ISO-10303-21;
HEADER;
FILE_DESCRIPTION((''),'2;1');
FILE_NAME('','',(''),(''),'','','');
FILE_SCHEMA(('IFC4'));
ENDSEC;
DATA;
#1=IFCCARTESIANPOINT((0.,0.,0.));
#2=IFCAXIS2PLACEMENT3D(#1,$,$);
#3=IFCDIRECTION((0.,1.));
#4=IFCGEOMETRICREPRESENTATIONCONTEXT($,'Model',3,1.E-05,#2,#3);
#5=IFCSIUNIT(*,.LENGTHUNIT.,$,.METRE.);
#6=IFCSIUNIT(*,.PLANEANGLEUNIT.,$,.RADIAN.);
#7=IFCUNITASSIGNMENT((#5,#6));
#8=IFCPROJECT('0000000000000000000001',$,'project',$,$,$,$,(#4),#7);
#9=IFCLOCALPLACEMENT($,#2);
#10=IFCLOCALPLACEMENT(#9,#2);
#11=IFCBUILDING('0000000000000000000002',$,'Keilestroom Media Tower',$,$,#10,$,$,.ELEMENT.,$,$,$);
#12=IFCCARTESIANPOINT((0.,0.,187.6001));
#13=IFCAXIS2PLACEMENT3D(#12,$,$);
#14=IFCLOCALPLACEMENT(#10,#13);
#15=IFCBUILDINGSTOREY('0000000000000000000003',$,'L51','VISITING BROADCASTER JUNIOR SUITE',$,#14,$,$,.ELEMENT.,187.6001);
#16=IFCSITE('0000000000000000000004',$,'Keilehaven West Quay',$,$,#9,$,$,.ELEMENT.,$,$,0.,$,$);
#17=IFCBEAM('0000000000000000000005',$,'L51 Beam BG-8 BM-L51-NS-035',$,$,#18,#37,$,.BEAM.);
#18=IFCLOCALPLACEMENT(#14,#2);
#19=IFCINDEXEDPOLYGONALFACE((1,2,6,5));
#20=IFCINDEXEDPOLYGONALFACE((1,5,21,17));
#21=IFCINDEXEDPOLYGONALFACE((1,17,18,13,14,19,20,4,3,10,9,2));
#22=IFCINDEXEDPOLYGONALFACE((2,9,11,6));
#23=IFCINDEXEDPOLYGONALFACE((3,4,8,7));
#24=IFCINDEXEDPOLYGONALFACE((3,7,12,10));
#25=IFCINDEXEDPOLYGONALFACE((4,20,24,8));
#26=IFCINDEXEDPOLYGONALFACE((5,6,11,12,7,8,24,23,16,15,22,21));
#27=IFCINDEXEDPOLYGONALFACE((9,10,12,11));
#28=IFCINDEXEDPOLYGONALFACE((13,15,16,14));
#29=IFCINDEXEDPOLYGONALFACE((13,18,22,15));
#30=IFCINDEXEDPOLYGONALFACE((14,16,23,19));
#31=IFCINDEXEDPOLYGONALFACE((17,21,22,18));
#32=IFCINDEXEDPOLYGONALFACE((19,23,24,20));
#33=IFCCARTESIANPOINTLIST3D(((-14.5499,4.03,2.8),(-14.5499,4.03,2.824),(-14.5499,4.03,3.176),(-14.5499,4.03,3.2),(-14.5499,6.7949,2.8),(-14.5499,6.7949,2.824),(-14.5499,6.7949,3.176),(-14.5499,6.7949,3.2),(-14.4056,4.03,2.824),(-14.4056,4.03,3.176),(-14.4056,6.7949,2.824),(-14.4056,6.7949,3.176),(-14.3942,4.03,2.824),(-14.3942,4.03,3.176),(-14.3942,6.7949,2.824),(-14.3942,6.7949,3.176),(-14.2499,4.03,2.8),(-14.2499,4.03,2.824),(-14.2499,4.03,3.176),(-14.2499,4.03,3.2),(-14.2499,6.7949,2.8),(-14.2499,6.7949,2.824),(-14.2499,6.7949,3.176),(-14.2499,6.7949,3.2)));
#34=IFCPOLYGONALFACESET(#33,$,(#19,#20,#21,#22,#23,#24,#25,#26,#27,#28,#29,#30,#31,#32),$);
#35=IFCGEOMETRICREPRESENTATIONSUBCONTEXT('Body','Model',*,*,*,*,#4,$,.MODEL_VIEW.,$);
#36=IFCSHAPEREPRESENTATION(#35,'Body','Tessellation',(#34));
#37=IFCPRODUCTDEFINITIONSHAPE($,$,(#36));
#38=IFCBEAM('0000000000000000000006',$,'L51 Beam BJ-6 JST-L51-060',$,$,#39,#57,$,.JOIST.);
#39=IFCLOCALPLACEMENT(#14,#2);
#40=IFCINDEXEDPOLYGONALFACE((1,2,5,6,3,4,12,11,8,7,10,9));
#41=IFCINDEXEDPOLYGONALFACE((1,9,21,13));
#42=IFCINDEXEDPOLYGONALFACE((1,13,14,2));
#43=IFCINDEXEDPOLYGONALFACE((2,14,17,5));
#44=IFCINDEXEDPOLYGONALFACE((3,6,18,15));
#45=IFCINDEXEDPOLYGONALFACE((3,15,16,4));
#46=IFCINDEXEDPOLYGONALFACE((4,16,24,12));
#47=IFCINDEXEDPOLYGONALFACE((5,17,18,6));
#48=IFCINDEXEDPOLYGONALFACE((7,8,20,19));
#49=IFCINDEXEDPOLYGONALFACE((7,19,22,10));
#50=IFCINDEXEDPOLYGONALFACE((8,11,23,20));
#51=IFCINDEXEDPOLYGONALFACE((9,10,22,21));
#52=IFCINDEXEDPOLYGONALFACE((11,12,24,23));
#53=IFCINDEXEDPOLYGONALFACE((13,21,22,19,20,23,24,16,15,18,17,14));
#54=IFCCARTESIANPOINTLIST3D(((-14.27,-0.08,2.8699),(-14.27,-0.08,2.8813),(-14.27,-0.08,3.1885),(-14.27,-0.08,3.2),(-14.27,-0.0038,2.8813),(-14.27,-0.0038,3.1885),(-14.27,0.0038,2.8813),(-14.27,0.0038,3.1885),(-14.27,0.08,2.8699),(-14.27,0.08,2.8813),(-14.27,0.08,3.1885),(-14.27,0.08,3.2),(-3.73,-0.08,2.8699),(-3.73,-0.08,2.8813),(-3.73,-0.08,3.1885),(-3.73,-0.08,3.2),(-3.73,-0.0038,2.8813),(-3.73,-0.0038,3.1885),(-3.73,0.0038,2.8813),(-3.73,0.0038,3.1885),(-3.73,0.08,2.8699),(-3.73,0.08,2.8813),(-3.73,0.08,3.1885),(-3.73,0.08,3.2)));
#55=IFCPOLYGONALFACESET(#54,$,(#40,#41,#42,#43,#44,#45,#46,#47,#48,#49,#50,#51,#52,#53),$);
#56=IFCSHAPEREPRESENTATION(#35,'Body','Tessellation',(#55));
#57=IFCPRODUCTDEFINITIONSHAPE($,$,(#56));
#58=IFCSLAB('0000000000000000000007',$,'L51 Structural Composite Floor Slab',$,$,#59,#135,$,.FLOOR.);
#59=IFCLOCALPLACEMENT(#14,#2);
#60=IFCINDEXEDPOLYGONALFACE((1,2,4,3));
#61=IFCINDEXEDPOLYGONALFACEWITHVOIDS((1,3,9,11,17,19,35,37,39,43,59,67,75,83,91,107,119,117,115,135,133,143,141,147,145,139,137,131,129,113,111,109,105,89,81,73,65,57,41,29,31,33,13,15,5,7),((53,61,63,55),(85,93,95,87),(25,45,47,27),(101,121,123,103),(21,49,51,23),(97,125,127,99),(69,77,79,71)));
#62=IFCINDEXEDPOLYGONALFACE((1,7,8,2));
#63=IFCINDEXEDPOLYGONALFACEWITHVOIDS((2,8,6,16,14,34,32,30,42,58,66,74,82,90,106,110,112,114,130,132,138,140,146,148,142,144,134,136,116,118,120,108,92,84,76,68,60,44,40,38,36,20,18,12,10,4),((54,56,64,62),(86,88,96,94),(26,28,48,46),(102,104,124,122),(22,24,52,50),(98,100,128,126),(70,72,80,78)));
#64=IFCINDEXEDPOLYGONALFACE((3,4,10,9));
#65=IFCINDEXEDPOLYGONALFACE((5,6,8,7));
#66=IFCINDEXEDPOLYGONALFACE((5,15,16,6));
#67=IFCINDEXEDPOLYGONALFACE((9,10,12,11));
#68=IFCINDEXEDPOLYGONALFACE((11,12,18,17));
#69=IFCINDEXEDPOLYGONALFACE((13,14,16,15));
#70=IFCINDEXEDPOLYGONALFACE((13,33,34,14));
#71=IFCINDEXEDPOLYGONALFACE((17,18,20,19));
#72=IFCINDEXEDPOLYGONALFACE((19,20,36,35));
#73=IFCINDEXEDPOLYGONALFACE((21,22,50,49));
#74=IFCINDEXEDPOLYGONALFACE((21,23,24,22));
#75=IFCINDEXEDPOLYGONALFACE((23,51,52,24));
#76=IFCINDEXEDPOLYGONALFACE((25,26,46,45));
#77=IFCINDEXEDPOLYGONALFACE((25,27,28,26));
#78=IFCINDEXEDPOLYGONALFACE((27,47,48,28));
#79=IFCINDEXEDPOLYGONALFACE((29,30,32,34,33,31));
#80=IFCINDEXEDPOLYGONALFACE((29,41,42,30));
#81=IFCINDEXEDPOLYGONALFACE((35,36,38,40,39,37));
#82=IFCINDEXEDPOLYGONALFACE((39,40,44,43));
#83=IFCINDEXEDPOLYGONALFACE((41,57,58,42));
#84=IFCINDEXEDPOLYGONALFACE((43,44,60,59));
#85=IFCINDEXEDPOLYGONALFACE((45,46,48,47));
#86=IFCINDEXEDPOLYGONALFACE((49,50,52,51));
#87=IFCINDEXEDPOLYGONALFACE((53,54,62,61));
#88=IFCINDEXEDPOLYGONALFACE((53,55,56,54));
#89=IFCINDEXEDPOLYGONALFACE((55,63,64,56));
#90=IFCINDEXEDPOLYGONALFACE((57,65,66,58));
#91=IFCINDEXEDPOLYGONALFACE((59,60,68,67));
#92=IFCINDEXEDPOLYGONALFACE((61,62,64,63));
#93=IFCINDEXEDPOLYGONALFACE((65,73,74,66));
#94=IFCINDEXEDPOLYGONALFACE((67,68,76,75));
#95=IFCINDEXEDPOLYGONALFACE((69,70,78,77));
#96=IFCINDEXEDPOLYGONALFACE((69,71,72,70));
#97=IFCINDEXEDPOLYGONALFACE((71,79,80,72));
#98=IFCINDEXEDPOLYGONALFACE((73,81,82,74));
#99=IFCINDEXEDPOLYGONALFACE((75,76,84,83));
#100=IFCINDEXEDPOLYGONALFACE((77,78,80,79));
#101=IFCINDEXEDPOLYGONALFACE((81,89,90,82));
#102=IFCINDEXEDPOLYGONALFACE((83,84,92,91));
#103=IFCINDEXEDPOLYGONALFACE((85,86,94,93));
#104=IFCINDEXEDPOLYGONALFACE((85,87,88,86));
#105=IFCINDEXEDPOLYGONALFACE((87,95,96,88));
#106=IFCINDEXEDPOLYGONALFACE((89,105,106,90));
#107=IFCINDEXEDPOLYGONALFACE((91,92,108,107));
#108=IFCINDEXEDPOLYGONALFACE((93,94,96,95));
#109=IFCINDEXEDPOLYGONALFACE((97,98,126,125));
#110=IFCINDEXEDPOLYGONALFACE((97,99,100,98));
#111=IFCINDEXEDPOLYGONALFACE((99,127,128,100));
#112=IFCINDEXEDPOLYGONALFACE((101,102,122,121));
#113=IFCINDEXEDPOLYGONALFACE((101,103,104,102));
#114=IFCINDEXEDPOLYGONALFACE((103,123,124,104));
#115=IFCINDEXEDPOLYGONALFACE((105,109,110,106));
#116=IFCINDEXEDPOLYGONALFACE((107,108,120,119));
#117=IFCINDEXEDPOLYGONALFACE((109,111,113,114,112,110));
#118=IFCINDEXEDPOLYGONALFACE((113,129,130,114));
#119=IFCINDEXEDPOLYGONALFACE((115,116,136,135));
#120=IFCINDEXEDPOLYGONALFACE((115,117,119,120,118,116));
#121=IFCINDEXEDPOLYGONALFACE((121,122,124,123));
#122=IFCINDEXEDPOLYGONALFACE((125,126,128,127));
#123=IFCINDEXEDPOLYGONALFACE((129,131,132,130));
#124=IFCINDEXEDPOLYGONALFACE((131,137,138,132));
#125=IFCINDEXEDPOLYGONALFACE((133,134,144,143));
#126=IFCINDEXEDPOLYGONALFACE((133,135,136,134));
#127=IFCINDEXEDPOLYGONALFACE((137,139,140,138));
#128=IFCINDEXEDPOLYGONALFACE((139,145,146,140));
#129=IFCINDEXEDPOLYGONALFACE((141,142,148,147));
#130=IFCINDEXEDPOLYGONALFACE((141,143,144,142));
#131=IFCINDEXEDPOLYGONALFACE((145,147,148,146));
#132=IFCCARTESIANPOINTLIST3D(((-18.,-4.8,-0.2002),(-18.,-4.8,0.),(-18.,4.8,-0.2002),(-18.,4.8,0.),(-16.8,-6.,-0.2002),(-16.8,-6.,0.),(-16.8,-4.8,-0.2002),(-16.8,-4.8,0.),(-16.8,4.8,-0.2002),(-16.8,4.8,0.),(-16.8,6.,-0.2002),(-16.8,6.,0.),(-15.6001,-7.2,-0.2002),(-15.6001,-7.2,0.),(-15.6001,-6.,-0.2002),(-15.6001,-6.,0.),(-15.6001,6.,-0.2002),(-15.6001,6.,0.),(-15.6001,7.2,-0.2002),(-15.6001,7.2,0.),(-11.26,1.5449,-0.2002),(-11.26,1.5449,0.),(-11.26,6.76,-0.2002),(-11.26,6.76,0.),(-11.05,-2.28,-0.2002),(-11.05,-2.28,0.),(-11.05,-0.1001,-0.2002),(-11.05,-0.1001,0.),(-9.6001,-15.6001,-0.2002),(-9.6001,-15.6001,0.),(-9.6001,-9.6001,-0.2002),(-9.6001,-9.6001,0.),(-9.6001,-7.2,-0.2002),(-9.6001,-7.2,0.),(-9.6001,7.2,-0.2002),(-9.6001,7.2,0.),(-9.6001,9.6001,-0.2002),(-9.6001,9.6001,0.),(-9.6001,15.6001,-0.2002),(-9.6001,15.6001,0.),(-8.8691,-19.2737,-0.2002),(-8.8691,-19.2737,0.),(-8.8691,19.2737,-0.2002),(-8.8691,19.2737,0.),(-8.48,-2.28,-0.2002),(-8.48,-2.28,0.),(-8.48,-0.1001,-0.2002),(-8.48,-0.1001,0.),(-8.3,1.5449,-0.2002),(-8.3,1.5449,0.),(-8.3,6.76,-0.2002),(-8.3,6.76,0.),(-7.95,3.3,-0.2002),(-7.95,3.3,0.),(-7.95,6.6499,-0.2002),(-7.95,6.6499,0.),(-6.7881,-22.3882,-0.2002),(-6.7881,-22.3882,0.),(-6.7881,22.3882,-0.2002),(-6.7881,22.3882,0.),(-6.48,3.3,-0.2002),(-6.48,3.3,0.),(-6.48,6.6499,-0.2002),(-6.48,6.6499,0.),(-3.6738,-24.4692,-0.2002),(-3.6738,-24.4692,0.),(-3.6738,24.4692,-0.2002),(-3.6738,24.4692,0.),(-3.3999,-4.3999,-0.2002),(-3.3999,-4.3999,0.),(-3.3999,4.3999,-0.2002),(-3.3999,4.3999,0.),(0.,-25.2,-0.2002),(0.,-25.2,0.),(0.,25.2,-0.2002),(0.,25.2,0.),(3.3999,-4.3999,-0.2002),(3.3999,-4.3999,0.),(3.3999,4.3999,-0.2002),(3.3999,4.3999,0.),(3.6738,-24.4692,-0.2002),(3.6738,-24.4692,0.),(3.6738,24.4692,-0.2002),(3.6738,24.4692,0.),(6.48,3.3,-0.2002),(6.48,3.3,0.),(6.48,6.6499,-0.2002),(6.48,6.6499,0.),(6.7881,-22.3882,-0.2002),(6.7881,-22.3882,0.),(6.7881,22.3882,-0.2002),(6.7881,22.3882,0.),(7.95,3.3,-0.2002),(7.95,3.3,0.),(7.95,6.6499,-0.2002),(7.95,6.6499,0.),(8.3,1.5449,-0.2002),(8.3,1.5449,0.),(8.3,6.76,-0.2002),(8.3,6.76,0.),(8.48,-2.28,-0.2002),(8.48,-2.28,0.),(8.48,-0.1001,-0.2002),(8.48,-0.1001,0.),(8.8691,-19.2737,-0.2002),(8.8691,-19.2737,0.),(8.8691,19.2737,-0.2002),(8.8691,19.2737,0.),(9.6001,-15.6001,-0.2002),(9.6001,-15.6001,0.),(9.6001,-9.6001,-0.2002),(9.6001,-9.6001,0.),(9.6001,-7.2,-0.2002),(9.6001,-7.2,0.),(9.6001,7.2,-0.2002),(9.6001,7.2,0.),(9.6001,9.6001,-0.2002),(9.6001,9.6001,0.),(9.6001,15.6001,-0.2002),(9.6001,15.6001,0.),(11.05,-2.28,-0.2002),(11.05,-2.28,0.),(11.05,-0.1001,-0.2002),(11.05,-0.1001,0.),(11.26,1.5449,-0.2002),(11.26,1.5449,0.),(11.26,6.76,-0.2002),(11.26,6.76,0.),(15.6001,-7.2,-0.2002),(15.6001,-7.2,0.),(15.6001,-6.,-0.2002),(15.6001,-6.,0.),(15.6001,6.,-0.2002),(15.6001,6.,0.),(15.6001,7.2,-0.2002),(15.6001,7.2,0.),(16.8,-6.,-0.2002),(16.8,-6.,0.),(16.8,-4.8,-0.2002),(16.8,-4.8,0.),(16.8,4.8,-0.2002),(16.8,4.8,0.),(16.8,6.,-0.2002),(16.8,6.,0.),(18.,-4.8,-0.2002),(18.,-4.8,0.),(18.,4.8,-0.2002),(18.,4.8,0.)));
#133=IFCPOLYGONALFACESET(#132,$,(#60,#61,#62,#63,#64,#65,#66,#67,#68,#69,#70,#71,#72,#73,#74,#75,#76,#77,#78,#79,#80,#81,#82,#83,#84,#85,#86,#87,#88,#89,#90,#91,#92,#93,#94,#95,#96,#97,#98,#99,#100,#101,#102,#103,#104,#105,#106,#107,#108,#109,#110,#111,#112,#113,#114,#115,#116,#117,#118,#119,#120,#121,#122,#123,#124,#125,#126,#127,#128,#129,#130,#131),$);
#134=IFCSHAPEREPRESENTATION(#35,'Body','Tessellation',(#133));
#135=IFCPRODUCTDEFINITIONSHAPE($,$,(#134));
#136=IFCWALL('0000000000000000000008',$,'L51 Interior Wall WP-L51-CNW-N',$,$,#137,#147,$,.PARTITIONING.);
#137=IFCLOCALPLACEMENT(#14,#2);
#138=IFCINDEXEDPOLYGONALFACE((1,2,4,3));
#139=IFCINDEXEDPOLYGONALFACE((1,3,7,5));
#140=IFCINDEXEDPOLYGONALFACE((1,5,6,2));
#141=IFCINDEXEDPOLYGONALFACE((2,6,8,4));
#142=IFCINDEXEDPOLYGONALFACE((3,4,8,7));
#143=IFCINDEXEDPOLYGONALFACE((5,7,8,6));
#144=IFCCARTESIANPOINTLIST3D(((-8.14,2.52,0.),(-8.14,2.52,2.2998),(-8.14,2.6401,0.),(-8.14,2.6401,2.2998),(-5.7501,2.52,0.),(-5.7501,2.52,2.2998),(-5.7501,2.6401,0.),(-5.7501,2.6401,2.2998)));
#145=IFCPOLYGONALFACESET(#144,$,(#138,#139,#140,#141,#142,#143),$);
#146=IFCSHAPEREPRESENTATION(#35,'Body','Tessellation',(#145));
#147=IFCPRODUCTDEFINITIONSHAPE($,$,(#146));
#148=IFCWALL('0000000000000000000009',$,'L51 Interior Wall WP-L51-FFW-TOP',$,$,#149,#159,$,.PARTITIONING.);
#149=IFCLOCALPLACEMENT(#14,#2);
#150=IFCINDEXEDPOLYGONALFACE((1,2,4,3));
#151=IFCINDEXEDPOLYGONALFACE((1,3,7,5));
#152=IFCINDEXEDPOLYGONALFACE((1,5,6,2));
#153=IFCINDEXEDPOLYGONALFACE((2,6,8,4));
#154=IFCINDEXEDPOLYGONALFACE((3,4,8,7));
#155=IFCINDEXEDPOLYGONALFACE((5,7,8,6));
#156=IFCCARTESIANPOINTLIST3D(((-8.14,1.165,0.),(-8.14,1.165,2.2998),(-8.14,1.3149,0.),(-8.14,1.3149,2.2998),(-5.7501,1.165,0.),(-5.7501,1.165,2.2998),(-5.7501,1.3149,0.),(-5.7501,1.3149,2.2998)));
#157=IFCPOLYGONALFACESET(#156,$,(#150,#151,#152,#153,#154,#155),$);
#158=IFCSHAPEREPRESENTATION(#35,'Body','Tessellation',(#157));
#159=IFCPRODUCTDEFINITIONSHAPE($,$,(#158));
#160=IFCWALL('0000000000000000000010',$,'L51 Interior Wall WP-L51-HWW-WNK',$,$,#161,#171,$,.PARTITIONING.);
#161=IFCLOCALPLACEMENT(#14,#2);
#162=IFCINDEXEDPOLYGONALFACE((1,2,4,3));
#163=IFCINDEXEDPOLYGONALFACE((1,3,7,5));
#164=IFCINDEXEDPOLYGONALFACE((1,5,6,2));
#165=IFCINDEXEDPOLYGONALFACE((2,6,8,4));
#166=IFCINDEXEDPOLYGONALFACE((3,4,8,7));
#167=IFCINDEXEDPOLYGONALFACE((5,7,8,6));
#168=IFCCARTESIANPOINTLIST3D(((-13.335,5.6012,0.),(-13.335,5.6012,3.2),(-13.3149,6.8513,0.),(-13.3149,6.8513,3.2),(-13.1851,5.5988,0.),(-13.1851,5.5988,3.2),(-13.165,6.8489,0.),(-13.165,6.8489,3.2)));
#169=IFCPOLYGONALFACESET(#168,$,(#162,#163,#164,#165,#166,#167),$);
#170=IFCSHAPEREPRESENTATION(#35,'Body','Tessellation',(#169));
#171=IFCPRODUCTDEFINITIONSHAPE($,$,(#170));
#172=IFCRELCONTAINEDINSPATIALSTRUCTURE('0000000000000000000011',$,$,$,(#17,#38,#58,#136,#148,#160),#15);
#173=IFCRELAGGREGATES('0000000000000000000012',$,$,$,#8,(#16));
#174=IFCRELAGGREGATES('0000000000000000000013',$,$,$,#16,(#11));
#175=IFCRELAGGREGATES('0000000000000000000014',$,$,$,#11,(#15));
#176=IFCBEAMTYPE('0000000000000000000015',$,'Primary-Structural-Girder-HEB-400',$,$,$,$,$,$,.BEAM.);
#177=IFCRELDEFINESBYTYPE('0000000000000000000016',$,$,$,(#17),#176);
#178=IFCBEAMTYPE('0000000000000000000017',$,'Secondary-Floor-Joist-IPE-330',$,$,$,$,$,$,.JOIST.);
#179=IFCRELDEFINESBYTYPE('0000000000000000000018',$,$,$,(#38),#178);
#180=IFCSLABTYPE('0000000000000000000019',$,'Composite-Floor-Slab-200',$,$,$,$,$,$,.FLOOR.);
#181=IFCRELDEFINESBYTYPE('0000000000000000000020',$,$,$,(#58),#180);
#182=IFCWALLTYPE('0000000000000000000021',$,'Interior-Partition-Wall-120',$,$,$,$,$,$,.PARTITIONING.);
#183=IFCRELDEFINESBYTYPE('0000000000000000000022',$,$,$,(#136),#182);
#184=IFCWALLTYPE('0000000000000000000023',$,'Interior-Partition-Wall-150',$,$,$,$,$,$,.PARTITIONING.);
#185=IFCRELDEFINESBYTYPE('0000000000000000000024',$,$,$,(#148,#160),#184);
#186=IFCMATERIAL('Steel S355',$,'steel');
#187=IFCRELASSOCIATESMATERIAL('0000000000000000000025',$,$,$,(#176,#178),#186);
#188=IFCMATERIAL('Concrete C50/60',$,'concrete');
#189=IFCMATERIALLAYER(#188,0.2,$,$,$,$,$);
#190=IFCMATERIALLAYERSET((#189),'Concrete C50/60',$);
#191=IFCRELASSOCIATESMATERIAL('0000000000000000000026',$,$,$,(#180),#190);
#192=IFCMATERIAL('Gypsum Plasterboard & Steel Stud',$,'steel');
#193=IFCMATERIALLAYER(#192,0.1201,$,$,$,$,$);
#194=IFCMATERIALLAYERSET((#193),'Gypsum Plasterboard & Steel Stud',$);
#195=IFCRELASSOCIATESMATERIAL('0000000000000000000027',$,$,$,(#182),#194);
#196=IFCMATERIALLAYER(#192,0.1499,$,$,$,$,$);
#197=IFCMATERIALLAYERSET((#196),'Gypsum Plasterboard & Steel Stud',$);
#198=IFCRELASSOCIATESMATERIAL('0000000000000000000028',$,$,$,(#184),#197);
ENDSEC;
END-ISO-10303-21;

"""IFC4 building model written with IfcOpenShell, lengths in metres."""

from ifc_helpers import new_model, si_unit, direction, frame, frame_2d, origin, origin_2d, place, context, subcontext, project, spatial, polyline, rectangle, i_section, outline, extrude, source, transform, mapped, material, layer, layer_set, material_profile, profile_set, type_object, element, save


model = new_model("IFC4")

# Units and contexts
model_context = context("Model", 3, precision=1e-05, world=origin(), true_north=direction((0.0, 1.0)))
body_context = subcontext(model_context, "Body", "Model", "MODEL_VIEW")
ifc_project = project(units=[si_unit("LENGTHUNIT", "METRE"), si_unit("PLANEANGLEUNIT", "RADIAN")], contexts=[model_context])

# Site, building, storey
site_placement = place(None, origin())
site = spatial("IfcSite", under=ifc_project, at=site_placement, Name="Keilehaven West Quay", CompositionType="ELEMENT", RefElevation=0.0)
building_placement = place(site_placement, origin())
building = spatial("IfcBuilding", under=site, at=building_placement, Name="Keilestroom Media Tower", CompositionType="ELEMENT")
storey_placement = place(building_placement, frame((0.0, 0.0, 187.6001)))
storey = spatial("IfcBuildingStorey", under=building, at=storey_placement, Name="L51", Description="VISITING BROADCASTER JUNIOR SUITE", CompositionType="ELEMENT", Elevation=187.6001)

# Beams
ifc_material_1 = material(Name="Steel S355", Category="steel")
ifc_material_profile_1 = material_profile(ifc_material_1, i_section(OverallWidth=0.3, OverallDepth=0.3999, WebThickness=0.0115, FlangeThickness=0.0239, at=origin_2d()), Name="HEB 400")
ifc_profile_set_1 = profile_set([ifc_material_profile_1], Name="Steel S355")
beam_type_1 = type_object("IfcBeamType", Name="Primary-Structural-Girder-HEB-400", PredefinedType="BEAM", material=ifc_profile_set_1)
shared_shape_1 = source(origin(), body_context, "Body", "SweptSolid", [
    extrude(i_section(OverallWidth=0.3, OverallDepth=0.3999, WebThickness=0.0115, FlangeThickness=0.0239, at=origin_2d()), origin(), (0.0, 0.0, 1.0), 2.7649),
])
beam_1_placement = place(storey_placement, frame((-14.3999, 4.03, 3.0), z_axis=(0.0, 1.0, 0.0), x_axis=(-1.0, 0.0, 0.0)))
element("IfcBeam", 1, at=beam_1_placement, inside=storey, type_object=beam_type_1, Name="L51 Beam BG-8 BM-L51-NS-035", PredefinedType="BEAM", context=body_context, shape_type="MappedRepresentation", body=[
    mapped(shared_shape_1, transform((0.0, 0.0, 0.0), x_axis=(1.0, 0.0, 0.0), y_axis=(0.0, 1.0, 0.0), z_axis=(0.0, 0.0, 1.0), scale=1.0)),
])
ifc_material_profile_2 = material_profile(ifc_material_1, i_section(OverallWidth=0.1599, OverallDepth=0.3301, WebThickness=0.0076, FlangeThickness=0.0115, at=origin_2d()), Name="IPE 330")
ifc_profile_set_2 = profile_set([ifc_material_profile_2], Name="Steel S355")
beam_type_2 = type_object("IfcBeamType", Name="Secondary-Floor-Joist-IPE-330", PredefinedType="JOIST", material=ifc_profile_set_2)
shared_shape_2 = source(origin(), body_context, "Body", "SweptSolid", [
    extrude(i_section(OverallWidth=0.1599, OverallDepth=0.3301, WebThickness=0.0076, FlangeThickness=0.0115, at=origin_2d()), origin(), (0.0, 0.0, 1.0), 10.54),
])
beam_2_placement = place(storey_placement, frame((-14.27, 0.0, 3.0349), z_axis=(1.0, 0.0, 0.0), x_axis=(0.0, 1.0, 0.0)))
element("IfcBeam", 2, at=beam_2_placement, inside=storey, type_object=beam_type_2, Name="L51 Beam BJ-6 JST-L51-060", PredefinedType="JOIST", context=body_context, shape_type="MappedRepresentation", body=[
    mapped(shared_shape_2, transform((0.0, 0.0, 0.0), x_axis=(1.0, 0.0, 0.0), y_axis=(0.0, 1.0, 0.0), z_axis=(0.0, 0.0, 1.0), scale=1.0)),
])

# Slab
ifc_material_2 = material(Name="Concrete C50/60", Category="concrete")
ifc_layer_1 = layer(ifc_material_2, 0.2)
ifc_layer_set_1 = layer_set([ifc_layer_1], Name="Concrete C50/60")
slab_type = type_object("IfcSlabType", Name="Composite-Floor-Slab-200", PredefinedType="FLOOR", material=ifc_layer_set_1)
slab_placement = place(storey_placement, frame((0.0, 0.0, -0.2002)))
element("IfcSlab", 3, at=slab_placement, inside=storey, type_object=slab_type, Name="L51 Structural Composite Floor Slab", PredefinedType="FLOOR", context=body_context, shape_type="SweptSolid", body=[
    extrude(outline(polyline([(18.0, -4.8), (18.0, 4.8), (16.8, 4.8), (16.8, 6.0), (15.6001, 6.0), (15.6001, 7.2), (9.6001, 7.2), (9.6001, 9.6001), (9.6001, 15.6001), (8.8691, 19.2737), (6.7881, 22.3882), (3.6738, 24.4692), (0.0, 25.2), (-3.6738, 24.4692), (-6.7881, 22.3882), (-8.8691, 19.2737), (-9.6001, 15.6001), (-9.6001, 9.6001), (-9.6001, 7.2), (-15.6001, 7.2), (-15.6001, 6.0), (-16.8, 6.0), (-16.8, 4.8), (-18.0, 4.8), (-18.0, -4.8), (-16.8, -4.8), (-16.8, -6.0), (-15.6001, -6.0), (-15.6001, -7.2), (-9.6001, -7.2), (-9.6001, -9.6001), (-9.6001, -15.6001), (-8.8691, -19.2737), (-6.7881, -22.3882), (-3.6738, -24.4692), (0.0, -25.2), (3.6738, -24.4692), (6.7881, -22.3882), (8.8691, -19.2737), (9.6001, -15.6001), (9.6001, -9.6001), (9.6001, -7.2), (15.6001, -7.2), (15.6001, -6.0), (16.8, -6.0), (16.8, -4.8), (18.0, -4.8)]), holes=[polyline([(-8.3, 1.5449), (-11.26, 1.5449), (-11.26, 6.76), (-8.3, 6.76), (-8.3, 1.5449)]), polyline([(-8.48, -2.28), (-11.05, -2.28), (-11.05, -0.1001), (-8.48, -0.1001), (-8.48, -2.28)]), polyline([(-6.48, 3.3), (-7.95, 3.3), (-7.95, 6.6499), (-6.48, 6.6499), (-6.48, 3.3)]), polyline([(3.3999, -4.3999), (-3.3999, -4.3999), (-3.3999, 4.3999), (3.3999, 4.3999), (3.3999, -4.3999)]), polyline([(7.95, 3.3), (6.48, 3.3), (6.48, 6.6499), (7.95, 6.6499), (7.95, 3.3)]), polyline([(11.26, 1.5449), (8.3, 1.5449), (8.3, 6.76), (11.26, 6.76), (11.26, 1.5449)]), polyline([(11.05, -2.28), (8.48, -2.28), (8.48, -0.1001), (11.05, -0.1001), (11.05, -2.28)])]), origin(), (0.0, 0.0, 1.0), 0.2002),
])

# Walls
ifc_material_3 = material(Name="Gypsum Plasterboard & Steel Stud", Category="steel")
ifc_layer_2 = layer(ifc_material_3, 0.1201)
ifc_layer_set_2 = layer_set([ifc_layer_2], Name="Gypsum Plasterboard & Steel Stud")
wall_type_1 = type_object("IfcWallType", Name="Interior-Partition-Wall-120", PredefinedType="PARTITIONING", material=ifc_layer_set_2)
wall_1_placement = place(storey_placement, frame((-8.1399, 2.5801, 0.0), z_axis=(0.0, 0.0, 1.0), x_axis=(1.0, 0.0, 0.0)))
element("IfcWall", 4, at=wall_1_placement, inside=storey, type_object=wall_type_1, Name="L51 Interior Wall WP-L51-CNW-N", PredefinedType="PARTITIONING", context=body_context, shape_type="SweptSolid", body=[
    extrude(rectangle(XDim=2.3899, YDim=0.1201, at=frame_2d((1.1948, 0.0))), origin(), (0.0, 0.0, 1.0), 2.2998),
])
ifc_layer_3 = layer(ifc_material_3, 0.1499)
ifc_layer_set_3 = layer_set([ifc_layer_3], Name="Gypsum Plasterboard & Steel Stud")
wall_type_2 = type_object("IfcWallType", Name="Interior-Partition-Wall-150", PredefinedType="PARTITIONING", material=ifc_layer_set_3)
wall_2_placement = place(storey_placement, frame((-8.1399, 1.24, 0.0), z_axis=(0.0, 0.0, 1.0), x_axis=(1.0, 0.0, 0.0)))
element("IfcWall", 5, at=wall_2_placement, inside=storey, type_object=wall_type_2, Name="L51 Interior Wall WP-L51-FFW-TOP", PredefinedType="PARTITIONING", context=body_context, shape_type="SweptSolid", body=[
    extrude(rectangle(XDim=2.3899, YDim=0.1499, at=frame_2d((1.1948, 0.0))), origin(), (0.0, 0.0, 1.0), 2.2998),
])
wall_3_placement = place(storey_placement, frame((-13.26, 5.6001, 0.0), z_axis=(0.0, 0.0, 1.0), x_axis=(0.016014, 0.999872, 0.0)))
element("IfcWall", 6, at=wall_3_placement, inside=storey, type_object=wall_type_2, Name="L51 Interior Wall WP-L51-HWW-WNK", PredefinedType="PARTITIONING", context=body_context, shape_type="SweptSolid", body=[
    extrude(rectangle(XDim=1.2502, YDim=0.1499, at=frame_2d((0.625, 0.0))), origin(), (0.0, 0.0, 1.0), 3.2),
])

save(model, "model.ifc")
